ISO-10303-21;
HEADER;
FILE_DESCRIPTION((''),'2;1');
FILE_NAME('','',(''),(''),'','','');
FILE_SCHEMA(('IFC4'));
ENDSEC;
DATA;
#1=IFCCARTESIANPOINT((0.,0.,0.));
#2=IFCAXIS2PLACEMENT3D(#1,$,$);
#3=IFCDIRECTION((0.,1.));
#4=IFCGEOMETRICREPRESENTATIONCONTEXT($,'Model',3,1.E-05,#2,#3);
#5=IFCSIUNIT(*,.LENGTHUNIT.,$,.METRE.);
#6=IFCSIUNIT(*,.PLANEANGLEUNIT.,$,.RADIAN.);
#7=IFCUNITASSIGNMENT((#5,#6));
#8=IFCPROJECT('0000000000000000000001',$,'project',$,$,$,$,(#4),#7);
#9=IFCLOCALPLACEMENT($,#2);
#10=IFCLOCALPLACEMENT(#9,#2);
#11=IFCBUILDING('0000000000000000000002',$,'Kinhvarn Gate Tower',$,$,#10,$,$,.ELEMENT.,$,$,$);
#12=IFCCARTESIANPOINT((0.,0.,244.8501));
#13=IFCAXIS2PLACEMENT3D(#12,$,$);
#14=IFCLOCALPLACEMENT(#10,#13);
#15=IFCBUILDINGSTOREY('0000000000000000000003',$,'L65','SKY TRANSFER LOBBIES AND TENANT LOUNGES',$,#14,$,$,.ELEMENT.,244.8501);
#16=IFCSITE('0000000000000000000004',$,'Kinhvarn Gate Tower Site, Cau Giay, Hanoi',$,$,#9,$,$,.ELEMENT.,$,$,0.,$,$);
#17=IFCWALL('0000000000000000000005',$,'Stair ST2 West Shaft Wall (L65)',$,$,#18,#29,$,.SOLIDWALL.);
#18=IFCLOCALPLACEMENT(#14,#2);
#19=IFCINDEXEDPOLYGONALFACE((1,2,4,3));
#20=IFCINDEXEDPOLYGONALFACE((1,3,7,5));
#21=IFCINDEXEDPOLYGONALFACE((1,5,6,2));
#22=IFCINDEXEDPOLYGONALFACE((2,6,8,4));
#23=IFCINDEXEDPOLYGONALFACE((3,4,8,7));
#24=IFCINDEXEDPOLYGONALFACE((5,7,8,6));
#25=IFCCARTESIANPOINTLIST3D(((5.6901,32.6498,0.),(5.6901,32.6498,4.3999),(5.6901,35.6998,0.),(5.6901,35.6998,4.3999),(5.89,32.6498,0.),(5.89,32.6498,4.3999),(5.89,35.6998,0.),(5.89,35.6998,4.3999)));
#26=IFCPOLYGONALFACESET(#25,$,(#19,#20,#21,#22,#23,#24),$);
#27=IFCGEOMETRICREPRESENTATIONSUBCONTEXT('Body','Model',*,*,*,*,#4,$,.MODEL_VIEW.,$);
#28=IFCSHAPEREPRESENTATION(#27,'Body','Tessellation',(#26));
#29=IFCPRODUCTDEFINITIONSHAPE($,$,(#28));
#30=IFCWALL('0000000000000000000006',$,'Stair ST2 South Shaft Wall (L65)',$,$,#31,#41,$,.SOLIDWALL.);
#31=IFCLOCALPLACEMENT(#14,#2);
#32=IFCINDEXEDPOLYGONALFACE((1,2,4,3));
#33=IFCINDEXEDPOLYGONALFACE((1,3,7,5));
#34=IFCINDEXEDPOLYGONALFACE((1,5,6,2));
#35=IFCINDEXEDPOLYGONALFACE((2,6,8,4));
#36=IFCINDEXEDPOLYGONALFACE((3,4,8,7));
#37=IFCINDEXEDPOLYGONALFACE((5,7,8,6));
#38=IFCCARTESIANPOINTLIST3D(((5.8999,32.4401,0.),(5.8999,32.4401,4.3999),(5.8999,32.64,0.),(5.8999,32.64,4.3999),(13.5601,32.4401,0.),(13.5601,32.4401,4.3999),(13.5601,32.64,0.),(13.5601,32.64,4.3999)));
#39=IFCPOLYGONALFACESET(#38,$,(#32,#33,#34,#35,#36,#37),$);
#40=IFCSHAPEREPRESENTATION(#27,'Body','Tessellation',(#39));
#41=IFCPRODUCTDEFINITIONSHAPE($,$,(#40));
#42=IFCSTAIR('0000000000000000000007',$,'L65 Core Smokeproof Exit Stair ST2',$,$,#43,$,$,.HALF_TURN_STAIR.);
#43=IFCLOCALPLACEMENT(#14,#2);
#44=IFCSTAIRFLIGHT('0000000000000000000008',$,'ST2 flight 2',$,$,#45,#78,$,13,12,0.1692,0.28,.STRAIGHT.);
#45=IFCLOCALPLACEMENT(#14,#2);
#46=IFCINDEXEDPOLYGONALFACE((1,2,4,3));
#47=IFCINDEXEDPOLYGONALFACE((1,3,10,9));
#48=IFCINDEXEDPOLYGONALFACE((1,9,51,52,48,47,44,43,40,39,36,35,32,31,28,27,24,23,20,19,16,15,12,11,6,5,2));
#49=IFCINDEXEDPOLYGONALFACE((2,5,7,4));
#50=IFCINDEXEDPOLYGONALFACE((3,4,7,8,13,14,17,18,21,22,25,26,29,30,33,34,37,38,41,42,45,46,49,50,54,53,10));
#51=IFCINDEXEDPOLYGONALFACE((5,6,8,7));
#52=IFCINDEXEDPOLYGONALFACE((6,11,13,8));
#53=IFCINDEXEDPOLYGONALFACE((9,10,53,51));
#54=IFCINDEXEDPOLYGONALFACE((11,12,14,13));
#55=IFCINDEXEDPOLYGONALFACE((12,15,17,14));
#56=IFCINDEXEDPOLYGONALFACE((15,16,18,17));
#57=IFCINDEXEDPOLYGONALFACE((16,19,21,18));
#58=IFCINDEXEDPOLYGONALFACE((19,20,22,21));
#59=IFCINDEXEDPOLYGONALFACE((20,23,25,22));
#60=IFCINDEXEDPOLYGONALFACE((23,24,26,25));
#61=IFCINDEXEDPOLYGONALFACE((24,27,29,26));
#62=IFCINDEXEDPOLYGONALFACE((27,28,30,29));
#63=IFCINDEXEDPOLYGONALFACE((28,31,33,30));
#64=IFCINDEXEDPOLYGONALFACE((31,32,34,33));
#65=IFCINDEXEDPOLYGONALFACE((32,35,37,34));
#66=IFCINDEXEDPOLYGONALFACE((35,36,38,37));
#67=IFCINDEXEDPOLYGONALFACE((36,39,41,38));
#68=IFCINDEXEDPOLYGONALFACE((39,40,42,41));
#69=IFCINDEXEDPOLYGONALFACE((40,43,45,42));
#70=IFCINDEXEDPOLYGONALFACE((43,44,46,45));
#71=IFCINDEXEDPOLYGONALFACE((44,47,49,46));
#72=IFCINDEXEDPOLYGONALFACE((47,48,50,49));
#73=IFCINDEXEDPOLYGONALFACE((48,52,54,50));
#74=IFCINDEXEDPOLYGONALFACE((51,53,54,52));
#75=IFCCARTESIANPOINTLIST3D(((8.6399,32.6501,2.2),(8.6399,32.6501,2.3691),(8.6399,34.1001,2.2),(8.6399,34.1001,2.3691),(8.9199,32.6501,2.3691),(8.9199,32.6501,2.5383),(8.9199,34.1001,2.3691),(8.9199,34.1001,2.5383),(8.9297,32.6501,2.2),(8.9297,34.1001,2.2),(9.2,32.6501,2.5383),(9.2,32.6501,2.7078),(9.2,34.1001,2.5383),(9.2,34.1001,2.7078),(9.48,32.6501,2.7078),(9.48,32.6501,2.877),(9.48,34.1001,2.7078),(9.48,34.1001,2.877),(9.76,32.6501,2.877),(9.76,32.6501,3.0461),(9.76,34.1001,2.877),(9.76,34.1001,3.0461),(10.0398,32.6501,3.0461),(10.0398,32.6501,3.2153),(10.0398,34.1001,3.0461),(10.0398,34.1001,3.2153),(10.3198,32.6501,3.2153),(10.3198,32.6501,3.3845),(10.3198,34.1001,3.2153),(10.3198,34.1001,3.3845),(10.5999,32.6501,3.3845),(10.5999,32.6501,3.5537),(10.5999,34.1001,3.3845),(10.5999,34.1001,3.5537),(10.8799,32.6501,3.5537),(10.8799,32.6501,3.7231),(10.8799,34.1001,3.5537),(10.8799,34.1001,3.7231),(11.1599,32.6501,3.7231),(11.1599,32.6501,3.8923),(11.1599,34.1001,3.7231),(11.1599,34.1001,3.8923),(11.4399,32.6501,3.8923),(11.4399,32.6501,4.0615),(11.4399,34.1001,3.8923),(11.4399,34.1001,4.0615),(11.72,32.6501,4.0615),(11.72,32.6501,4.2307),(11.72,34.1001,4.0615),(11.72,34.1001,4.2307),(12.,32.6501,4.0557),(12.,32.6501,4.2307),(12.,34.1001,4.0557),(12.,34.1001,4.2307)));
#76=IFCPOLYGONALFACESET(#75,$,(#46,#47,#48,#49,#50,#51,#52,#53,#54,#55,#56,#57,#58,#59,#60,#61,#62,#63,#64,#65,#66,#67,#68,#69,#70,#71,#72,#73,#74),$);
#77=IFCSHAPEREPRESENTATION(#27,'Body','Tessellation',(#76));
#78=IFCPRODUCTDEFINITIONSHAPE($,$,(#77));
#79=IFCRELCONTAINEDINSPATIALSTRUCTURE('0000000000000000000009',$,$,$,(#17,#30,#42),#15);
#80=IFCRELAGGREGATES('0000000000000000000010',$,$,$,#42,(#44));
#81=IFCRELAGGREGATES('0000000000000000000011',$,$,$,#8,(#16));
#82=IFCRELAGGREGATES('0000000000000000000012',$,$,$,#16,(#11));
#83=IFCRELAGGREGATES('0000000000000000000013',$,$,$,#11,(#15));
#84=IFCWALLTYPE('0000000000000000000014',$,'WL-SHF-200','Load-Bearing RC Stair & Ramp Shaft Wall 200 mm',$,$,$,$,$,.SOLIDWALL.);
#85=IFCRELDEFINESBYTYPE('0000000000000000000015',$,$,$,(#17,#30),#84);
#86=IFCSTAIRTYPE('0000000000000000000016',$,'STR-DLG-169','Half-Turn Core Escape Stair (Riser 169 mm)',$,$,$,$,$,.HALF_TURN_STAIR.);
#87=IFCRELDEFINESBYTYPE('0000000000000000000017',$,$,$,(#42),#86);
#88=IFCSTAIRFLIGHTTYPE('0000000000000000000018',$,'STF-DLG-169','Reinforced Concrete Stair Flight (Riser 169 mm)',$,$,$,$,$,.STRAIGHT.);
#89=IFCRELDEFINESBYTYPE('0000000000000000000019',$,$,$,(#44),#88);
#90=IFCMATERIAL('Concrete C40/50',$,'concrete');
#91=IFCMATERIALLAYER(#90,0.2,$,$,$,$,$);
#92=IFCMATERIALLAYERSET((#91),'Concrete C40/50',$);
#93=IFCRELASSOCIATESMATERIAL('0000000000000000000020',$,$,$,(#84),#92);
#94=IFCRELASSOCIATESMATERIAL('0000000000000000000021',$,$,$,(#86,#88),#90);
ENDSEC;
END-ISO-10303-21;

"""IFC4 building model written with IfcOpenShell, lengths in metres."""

from ifc_helpers import new_model, si_unit, direction, frame, frame_2d, origin, place, context, subcontext, project, spatial, polyline, rectangle, outline, extrude, material, layer, layer_set, type_object, element, aggregate, save


model = new_model("IFC4")

# Units and contexts
model_context = context("Model", 3, precision=1e-05, world=origin(), true_north=direction((0.0, 1.0)))
body_context = subcontext(model_context, "Body", "Model", "MODEL_VIEW")
ifc_project = project(units=[si_unit("LENGTHUNIT", "METRE"), si_unit("PLANEANGLEUNIT", "RADIAN")], contexts=[model_context])

# Site, building, storey
site_placement = place(None, origin())
site = spatial("IfcSite", under=ifc_project, at=site_placement, Name="Kinhvarn Gate Tower Site, Cau Giay, Hanoi", CompositionType="ELEMENT", RefElevation=0.0)
building_placement = place(site_placement, origin())
building = spatial("IfcBuilding", under=site, at=building_placement, Name="Kinhvarn Gate Tower", CompositionType="ELEMENT")
storey_placement = place(building_placement, frame((0.0, 0.0, 244.8501)))
storey = spatial("IfcBuildingStorey", under=building, at=storey_placement, Name="L65", Description="SKY TRANSFER LOBBIES AND TENANT LOUNGES", CompositionType="ELEMENT", Elevation=244.8501)

# Walls
ifc_material_1 = material(Name="Concrete C40/50", Category="concrete")
ifc_layer_1 = layer(ifc_material_1, 0.2)
ifc_layer_set_1 = layer_set([ifc_layer_1], Name="Concrete C40/50")
wall_type_1 = type_object("IfcWallType", Name="WL-SHF-200", Description="Load-Bearing RC Stair & Ramp Shaft Wall 200 mm", PredefinedType="SOLIDWALL", material=ifc_layer_set_1)
wall_1_placement = place(storey_placement, frame((5.79, 32.6499, 0.0), z_axis=(0.0, 0.0, 1.0), x_axis=(0.0, 1.0, 0.0)))
element("IfcWall", 1, at=wall_1_placement, inside=storey, type_object=wall_type_1, Name="Stair ST2 West Shaft Wall (L65)", PredefinedType="SOLIDWALL", context=body_context, shape_type="SweptSolid", body=[
    extrude(rectangle(XDim=3.05, YDim=0.2, at=frame_2d((1.5249, 0.0))), origin(), (0.0, 0.0, 1.0), 4.3999),
])
wall_2_placement = place(storey_placement, frame((5.8999, 32.54, 0.0), z_axis=(0.0, 0.0, 1.0), x_axis=(1.0, 0.0, 0.0)))
element("IfcWall", 2, at=wall_2_placement, inside=storey, type_object=wall_type_1, Name="Stair ST2 South Shaft Wall (L65)", PredefinedType="SOLIDWALL", context=body_context, shape_type="SweptSolid", body=[
    extrude(rectangle(XDim=7.6602, YDim=0.2, at=frame_2d((3.8301, 0.0))), origin(), (0.0, 0.0, 1.0), 4.3999),
])

# Stair, stair flight
stair_type = type_object("IfcStairType", Name="STR-DLG-169", Description="Half-Turn Core Escape Stair (Riser 169 mm)", PredefinedType="HALF_TURN_STAIR", material=ifc_material_1)
stair_placement = place(storey_placement, origin())
stair = element("IfcStair", 3, at=stair_placement, inside=storey, type_object=stair_type, Name="L65 Core Smokeproof Exit Stair ST2", PredefinedType="HALF_TURN_STAIR")
stair_flight_type = type_object("IfcStairFlightType", Name="STF-DLG-169", Description="Reinforced Concrete Stair Flight (Riser 169 mm)", PredefinedType="STRAIGHT", material=ifc_material_1)
stair_flight_placement = place(storey_placement, frame((8.6399, 33.375, 2.2), z_axis=(0.0, 0.0, 1.0), x_axis=(1.0, 0.0, 0.0)))
stair_flight = element("IfcStairFlight", 4, at=stair_flight_placement, type_object=stair_flight_type, Name="ST2 flight 2", NumberOfRisers=13, NumberOfTreads=12, PredefinedType="STRAIGHT", RiserHeight=0.1692, TreadLength=0.28, context=body_context, shape_type="SweptSolid", body=[
    extrude(outline(polyline([(0.0, 0.0), (0.0, 0.1692), (0.28, 0.1692), (0.28, 0.3384), (0.5601, 0.3384), (0.5601, 0.5078), (0.8401, 0.5078), (0.8401, 0.677), (1.1201, 0.677), (1.1201, 0.8462), (1.3999, 0.8462), (1.3999, 1.0154), (1.6799, 1.0154), (1.6799, 1.1846), (1.96, 1.1846), (1.96, 1.3538), (2.24, 1.3538), (2.24, 1.5232), (2.52, 1.5232), (2.52, 1.6924), (2.8, 1.6924), (2.8, 1.8616), (3.0801, 1.8616), (3.0801, 2.0308), (3.3601, 2.0308), (3.3601, 2.2), (3.3601, 1.8557), (0.2898, 0.0), (0.0, 0.0)])), frame((0.0, 0.7251, 0.0), z_axis=(0.0, -1.0, 0.0), x_axis=(1.0, 0.0, 0.0)), (0.0, 0.0, 1.0), 1.45),
])
aggregate(stair, [stair_flight])

save(model, "model.ifc")
